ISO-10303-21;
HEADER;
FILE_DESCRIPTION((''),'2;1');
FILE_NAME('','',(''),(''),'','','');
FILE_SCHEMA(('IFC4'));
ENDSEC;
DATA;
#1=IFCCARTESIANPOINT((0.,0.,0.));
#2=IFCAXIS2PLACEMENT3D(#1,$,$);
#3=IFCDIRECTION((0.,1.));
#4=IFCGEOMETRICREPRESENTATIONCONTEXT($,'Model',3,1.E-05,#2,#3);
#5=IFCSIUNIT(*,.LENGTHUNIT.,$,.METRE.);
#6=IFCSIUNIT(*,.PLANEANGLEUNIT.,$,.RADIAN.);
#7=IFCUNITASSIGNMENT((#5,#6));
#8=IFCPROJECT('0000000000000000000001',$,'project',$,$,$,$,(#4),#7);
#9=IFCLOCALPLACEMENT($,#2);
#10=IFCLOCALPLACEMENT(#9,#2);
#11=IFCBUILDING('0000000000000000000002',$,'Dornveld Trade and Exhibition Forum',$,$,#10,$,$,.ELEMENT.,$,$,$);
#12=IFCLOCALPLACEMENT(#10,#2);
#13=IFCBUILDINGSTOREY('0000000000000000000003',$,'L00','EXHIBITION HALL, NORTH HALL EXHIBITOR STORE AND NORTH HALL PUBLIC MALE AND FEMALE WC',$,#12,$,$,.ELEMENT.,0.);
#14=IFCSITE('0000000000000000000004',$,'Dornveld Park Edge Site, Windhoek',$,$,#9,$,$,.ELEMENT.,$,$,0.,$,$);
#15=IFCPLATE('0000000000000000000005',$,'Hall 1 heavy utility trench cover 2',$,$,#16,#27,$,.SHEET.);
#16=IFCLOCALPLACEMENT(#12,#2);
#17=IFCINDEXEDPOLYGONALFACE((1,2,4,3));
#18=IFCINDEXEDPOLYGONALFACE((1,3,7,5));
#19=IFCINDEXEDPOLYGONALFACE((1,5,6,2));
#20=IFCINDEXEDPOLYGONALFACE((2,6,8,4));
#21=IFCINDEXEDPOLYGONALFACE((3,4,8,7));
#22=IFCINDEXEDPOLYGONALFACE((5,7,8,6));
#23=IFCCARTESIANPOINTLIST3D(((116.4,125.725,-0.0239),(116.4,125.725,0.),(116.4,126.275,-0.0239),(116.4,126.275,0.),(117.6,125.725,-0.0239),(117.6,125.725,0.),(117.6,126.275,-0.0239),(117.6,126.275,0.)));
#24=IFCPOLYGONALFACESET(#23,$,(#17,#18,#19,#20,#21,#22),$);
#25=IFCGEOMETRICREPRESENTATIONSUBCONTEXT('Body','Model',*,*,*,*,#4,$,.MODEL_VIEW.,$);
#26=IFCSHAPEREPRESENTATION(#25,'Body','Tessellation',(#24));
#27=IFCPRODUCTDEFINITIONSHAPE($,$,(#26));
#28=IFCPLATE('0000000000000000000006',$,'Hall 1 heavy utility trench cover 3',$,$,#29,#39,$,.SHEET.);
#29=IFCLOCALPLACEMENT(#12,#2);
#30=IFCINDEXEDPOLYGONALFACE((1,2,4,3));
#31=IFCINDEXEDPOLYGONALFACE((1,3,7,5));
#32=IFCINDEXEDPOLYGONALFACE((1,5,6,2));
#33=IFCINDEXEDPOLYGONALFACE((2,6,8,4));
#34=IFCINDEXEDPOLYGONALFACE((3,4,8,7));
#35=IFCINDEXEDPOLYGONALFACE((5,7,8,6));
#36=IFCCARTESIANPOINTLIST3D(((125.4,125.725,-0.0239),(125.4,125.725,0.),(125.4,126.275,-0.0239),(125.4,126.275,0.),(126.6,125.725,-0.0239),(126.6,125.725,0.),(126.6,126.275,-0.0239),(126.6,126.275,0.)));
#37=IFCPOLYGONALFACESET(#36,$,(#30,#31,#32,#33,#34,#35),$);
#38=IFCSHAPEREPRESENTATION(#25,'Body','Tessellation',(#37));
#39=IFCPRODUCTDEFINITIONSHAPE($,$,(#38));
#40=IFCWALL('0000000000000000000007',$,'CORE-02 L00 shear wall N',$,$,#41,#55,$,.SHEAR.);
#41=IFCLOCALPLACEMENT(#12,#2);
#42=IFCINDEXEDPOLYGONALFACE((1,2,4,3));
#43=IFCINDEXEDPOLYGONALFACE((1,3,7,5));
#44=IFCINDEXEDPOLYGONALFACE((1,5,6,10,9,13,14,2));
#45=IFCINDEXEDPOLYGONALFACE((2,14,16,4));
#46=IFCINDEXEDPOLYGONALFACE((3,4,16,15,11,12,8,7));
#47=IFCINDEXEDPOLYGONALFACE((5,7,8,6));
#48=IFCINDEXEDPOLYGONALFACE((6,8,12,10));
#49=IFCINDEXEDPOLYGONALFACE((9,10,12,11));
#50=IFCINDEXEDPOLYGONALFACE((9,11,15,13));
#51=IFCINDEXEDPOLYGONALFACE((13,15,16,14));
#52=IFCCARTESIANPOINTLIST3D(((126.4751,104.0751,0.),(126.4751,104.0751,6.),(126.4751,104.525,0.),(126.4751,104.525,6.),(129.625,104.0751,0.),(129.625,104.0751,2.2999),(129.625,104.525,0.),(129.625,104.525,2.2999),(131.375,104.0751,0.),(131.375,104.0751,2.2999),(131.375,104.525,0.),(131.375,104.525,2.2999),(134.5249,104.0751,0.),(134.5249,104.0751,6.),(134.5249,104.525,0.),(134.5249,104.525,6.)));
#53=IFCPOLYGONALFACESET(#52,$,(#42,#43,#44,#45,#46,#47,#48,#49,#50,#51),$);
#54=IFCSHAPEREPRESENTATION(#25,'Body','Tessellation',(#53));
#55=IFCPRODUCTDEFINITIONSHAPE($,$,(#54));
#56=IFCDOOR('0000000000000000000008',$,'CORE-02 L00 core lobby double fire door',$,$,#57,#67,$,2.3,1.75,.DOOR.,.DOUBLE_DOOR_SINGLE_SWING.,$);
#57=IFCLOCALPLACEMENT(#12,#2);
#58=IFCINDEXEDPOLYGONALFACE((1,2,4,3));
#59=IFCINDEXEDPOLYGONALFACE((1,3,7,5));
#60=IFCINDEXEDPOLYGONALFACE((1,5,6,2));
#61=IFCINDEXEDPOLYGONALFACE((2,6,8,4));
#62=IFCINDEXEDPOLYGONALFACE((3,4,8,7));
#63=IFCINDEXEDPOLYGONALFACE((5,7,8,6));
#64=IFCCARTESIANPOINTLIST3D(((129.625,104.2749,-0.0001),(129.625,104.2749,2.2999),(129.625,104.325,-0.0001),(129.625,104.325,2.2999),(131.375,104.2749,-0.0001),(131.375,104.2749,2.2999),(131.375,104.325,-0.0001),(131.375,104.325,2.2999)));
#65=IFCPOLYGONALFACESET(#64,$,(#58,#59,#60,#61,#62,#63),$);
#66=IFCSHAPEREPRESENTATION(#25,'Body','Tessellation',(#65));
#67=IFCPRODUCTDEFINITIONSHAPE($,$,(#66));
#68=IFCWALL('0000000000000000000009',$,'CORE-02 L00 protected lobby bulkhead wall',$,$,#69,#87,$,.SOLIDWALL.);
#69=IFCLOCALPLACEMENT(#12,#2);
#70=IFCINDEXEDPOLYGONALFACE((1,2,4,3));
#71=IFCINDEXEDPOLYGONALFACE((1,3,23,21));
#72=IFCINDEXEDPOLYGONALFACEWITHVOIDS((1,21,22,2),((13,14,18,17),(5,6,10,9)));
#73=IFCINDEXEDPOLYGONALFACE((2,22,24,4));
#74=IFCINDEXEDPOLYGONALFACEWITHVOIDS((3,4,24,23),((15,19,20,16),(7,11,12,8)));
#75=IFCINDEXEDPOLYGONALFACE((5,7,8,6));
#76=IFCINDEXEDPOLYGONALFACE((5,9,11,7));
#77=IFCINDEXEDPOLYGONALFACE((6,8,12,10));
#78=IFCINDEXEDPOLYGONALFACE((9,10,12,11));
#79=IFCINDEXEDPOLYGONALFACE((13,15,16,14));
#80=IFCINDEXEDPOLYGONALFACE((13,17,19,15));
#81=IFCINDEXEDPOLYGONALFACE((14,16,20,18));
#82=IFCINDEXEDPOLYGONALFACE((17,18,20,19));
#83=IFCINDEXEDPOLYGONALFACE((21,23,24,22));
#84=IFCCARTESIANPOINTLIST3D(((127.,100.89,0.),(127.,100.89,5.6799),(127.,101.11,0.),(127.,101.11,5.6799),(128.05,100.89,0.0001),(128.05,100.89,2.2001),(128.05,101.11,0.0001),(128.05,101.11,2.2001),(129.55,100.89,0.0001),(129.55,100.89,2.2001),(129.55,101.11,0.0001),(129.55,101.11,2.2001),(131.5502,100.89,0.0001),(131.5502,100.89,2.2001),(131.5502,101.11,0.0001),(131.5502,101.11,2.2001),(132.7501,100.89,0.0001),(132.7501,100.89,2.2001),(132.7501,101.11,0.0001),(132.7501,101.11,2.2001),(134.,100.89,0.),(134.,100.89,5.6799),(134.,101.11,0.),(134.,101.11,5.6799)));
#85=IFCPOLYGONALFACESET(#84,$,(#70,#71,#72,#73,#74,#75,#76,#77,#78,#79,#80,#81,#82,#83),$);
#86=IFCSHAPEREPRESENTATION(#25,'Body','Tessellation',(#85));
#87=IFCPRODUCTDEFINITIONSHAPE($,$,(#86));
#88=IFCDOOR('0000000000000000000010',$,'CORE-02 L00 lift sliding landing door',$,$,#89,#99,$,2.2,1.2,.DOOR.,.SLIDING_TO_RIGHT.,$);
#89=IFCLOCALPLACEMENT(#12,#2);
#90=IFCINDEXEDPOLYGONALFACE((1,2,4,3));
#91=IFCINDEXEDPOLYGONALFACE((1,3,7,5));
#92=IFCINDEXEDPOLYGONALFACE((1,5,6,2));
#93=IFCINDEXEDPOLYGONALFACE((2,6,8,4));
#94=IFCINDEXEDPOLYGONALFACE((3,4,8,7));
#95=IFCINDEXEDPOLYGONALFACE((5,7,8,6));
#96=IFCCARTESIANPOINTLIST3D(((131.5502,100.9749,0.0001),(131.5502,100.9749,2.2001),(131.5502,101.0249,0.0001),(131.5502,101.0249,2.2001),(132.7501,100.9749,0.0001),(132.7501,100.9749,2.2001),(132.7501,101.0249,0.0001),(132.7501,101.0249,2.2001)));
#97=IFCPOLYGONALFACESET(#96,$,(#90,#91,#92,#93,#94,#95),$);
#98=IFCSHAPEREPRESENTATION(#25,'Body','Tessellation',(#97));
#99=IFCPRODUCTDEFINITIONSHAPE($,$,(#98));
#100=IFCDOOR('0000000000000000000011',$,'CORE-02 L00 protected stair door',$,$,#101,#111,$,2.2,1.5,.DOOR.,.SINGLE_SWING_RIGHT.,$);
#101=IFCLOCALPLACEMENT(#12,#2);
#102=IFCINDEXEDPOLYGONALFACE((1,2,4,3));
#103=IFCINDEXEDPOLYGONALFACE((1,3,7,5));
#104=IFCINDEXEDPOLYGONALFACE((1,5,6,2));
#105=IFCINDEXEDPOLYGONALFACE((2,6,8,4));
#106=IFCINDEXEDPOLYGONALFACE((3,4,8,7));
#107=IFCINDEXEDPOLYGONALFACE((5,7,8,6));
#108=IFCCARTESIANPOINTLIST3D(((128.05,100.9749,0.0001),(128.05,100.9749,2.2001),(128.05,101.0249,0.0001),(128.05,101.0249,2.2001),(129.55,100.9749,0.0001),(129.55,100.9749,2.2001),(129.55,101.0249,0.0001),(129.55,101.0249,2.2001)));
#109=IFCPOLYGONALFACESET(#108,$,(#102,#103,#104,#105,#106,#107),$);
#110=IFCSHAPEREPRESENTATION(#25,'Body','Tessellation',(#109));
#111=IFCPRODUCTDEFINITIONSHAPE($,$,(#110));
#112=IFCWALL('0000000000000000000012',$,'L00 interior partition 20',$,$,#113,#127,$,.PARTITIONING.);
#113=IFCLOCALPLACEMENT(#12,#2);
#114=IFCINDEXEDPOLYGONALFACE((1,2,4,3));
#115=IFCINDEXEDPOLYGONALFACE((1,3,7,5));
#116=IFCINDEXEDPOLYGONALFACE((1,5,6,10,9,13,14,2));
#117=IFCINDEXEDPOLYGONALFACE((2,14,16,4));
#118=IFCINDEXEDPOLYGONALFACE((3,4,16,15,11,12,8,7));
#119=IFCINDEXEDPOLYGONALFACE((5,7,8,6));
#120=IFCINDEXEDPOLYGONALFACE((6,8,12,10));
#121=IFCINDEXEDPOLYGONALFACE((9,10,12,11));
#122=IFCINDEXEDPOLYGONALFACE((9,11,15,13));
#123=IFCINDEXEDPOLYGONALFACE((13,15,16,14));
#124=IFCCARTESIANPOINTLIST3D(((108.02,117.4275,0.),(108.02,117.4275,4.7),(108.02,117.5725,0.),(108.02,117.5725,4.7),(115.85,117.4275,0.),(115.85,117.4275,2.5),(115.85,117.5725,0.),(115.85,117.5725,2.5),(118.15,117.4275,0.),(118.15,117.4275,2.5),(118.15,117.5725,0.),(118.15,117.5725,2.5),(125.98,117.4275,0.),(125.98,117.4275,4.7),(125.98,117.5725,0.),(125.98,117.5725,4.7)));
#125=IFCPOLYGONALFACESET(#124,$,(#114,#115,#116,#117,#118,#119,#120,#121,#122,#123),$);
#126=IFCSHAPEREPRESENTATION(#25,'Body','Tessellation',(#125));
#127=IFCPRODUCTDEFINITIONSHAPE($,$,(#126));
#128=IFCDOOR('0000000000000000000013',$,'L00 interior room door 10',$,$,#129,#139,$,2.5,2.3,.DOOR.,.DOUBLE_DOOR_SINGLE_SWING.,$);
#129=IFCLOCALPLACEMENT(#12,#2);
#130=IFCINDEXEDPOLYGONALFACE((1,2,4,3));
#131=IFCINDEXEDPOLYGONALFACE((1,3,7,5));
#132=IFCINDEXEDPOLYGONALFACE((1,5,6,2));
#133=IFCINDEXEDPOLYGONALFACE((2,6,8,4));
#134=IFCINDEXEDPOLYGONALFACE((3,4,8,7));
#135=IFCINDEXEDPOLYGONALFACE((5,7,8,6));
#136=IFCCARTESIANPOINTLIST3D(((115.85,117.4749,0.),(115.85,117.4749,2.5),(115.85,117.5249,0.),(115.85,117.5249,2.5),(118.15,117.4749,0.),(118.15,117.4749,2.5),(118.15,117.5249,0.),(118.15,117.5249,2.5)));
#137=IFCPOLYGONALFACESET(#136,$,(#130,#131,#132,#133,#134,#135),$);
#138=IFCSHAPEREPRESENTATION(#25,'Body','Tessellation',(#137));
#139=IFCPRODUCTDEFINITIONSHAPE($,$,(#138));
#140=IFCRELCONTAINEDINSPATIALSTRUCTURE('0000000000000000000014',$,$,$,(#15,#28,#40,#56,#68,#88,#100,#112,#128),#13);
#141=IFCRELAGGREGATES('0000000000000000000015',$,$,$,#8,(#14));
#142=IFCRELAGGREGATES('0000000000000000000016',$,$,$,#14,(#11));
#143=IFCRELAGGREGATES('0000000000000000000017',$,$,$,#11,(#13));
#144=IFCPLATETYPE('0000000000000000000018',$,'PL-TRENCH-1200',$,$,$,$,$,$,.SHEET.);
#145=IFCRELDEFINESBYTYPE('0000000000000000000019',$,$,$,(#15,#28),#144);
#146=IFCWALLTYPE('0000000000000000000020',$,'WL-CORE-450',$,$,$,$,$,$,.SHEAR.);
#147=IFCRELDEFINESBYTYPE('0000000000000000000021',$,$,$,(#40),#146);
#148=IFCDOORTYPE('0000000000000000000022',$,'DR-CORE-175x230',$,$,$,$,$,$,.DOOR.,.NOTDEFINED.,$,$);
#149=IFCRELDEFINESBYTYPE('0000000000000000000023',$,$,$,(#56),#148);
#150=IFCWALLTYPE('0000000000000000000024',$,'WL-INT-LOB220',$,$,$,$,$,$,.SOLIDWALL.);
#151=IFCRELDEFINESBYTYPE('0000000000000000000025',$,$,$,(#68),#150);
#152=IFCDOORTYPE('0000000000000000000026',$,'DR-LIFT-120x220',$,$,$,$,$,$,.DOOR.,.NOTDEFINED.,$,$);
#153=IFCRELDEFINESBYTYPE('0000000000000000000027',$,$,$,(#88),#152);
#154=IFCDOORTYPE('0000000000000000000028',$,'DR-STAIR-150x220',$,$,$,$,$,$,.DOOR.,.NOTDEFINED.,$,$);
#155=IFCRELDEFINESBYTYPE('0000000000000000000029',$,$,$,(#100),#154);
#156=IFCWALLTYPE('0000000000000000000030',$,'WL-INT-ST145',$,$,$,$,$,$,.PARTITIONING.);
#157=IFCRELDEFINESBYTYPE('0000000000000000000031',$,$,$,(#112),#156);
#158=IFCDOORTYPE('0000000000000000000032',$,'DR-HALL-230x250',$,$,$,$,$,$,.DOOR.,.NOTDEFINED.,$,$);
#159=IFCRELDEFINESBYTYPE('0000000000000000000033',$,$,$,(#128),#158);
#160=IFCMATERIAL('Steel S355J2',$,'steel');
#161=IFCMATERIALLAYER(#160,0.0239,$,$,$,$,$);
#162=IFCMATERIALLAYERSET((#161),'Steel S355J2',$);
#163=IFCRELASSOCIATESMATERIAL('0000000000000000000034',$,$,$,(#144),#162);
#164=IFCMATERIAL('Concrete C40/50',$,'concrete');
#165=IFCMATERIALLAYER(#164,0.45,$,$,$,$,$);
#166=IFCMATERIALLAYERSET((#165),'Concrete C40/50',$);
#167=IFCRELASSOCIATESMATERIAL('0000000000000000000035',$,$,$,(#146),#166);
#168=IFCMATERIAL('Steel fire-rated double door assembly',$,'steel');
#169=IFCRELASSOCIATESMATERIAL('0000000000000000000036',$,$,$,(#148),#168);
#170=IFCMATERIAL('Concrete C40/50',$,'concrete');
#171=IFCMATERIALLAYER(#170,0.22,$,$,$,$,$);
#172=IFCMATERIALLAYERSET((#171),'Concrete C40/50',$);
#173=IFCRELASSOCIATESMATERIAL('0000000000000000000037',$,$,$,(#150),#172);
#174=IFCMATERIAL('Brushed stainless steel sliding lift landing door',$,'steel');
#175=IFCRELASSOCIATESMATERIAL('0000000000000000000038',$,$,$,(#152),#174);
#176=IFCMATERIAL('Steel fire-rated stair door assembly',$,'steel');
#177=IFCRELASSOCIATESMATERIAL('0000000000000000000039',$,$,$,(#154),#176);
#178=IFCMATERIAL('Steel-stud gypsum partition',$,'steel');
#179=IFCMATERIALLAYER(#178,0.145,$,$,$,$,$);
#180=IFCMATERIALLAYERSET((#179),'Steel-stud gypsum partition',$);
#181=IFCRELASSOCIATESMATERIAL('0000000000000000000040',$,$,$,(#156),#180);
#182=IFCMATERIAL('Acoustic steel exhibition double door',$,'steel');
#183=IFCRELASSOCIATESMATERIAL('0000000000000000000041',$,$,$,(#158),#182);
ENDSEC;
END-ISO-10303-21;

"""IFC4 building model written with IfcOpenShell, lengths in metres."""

from ifc_helpers import new_model, si_unit, direction, frame, frame_2d, origin, origin_2d, place, context, subcontext, project, spatial, rectangle, extrude, material, layer, layer_set, type_object, element, fill, save


model = new_model("IFC4")

# Units and contexts
model_context = context("Model", 3, precision=1e-05, world=origin(), true_north=direction((0.0, 1.0)))
body_context = subcontext(model_context, "Body", "Model", "MODEL_VIEW")
ifc_project = project(units=[si_unit("LENGTHUNIT", "METRE"), si_unit("PLANEANGLEUNIT", "RADIAN")], contexts=[model_context])

# Site, building, storey
site_placement = place(None, origin())
site = spatial("IfcSite", under=ifc_project, at=site_placement, Name="Dornveld Park Edge Site, Windhoek", CompositionType="ELEMENT", RefElevation=0.0)
building_placement = place(site_placement, origin())
building = spatial("IfcBuilding", under=site, at=building_placement, Name="Dornveld Trade and Exhibition Forum", CompositionType="ELEMENT")
storey_placement = place(building_placement, origin())
storey = spatial("IfcBuildingStorey", under=building, at=storey_placement, Name="L00", Description="EXHIBITION HALL, NORTH HALL EXHIBITOR STORE AND NORTH HALL PUBLIC MALE AND FEMALE WC", CompositionType="ELEMENT", Elevation=0.0)

# Plates
ifc_material_1 = material(Name="Steel S355J2", Category="steel")
ifc_layer_1 = layer(ifc_material_1, 0.0239)
ifc_layer_set_1 = layer_set([ifc_layer_1], Name="Steel S355J2")
plate_type = type_object("IfcPlateType", Name="PL-TRENCH-1200", PredefinedType="SHEET", material=ifc_layer_set_1)
for number, where, z_axis, x_axis, name in (
    (1, (117.0, 126.0, -0.0239), (0.0, 0.0, 1.0), (1.0, 0.0, 0.0), "Hall 1 heavy utility trench cover 2"),
    (2, (126.0, 126.0, -0.0239), (0.0, 0.0, 1.0), (1.0, 0.0, 0.0), "Hall 1 heavy utility trench cover 3"),
):
    element("IfcPlate", number, at=place(storey_placement, frame(where, z_axis=z_axis, x_axis=x_axis)), inside=storey, type_object=plate_type, Name=name, PredefinedType="SHEET", context=body_context, shape_type="SweptSolid", body=[
        extrude(rectangle(XDim=1.2, YDim=0.55, at=origin_2d()), origin(), (0.0, 0.0, 1.0), 0.0239),
    ])

# Wall, opening, door
ifc_material_2 = material(Name="Concrete C40/50", Category="concrete")
ifc_layer_2 = layer(ifc_material_2, 0.45)
ifc_layer_set_2 = layer_set([ifc_layer_2], Name="Concrete C40/50")
wall_type_1 = type_object("IfcWallType", Name="WL-CORE-450", PredefinedType="SHEAR", material=ifc_layer_set_2)
wall_1_placement = place(storey_placement, frame((126.4751, 104.3, 0.0), z_axis=(0.0, 0.0, 1.0), x_axis=(1.0, 0.0, 0.0)))
wall_1 = element("IfcWall", 3, at=wall_1_placement, inside=storey, type_object=wall_type_1, Name="CORE-02 L00 shear wall N", PredefinedType="SHEAR", context=body_context, shape_type="SweptSolid", body=[
    extrude(rectangle(XDim=8.0498, YDim=0.45, at=frame_2d((4.0249, 0.0))), origin(), (0.0, 0.0, 1.0), 6.0),
])
opening_1_placement = place(wall_1_placement, frame((3.1499, 0.0, 0.0)))
opening_1 = element("IfcOpeningElement", 4, at=opening_1_placement, cuts=wall_1, PredefinedType="OPENING", context=body_context, shape_type="SweptSolid", body=[
    extrude(rectangle(XDim=1.75, YDim=2.3, at=frame_2d((0.875, 1.1499))), frame((0.0, 0.2349, 0.0), z_axis=(0.0, -1.0, 0.0), x_axis=(1.0, 0.0, 0.0)), (0.0, 0.0, 1.0), 0.47),
])
ifc_material_3 = material(Name="Steel fire-rated double door assembly", Category="steel")
door_type_1 = type_object("IfcDoorType", Name="DR-CORE-175x230", OperationType="NOTDEFINED", PredefinedType="DOOR", material=ifc_material_3)
door_1_placement = place(opening_1_placement, origin())
door_1 = element("IfcDoor", 5, at=door_1_placement, inside=storey, type_object=door_type_1, Name="CORE-02 L00 core lobby double fire door", OperationType="DOUBLE_DOOR_SINGLE_SWING", OverallHeight=2.3, OverallWidth=1.75, PredefinedType="DOOR", context=body_context, shape_type="SweptSolid", body=[
    extrude(rectangle(XDim=1.75, YDim=2.3, at=frame_2d((0.875, 1.1499))), frame((0.0, 0.0249, 0.0), z_axis=(0.0, -1.0, 0.0), x_axis=(1.0, 0.0, 0.0)), (0.0, 0.0, 1.0), 0.05),
])
fill(opening_1, door_1)

# Wall, openings, doors
ifc_material_4 = material(Name="Concrete C40/50", Category="concrete")
ifc_layer_3 = layer(ifc_material_4, 0.22)
ifc_layer_set_3 = layer_set([ifc_layer_3], Name="Concrete C40/50")
wall_type_2 = type_object("IfcWallType", Name="WL-INT-LOB220", PredefinedType="SOLIDWALL", material=ifc_layer_set_3)
wall_2_placement = place(storey_placement, frame((127.0, 101.0, 0.0), z_axis=(0.0, 0.0, 1.0), x_axis=(1.0, 0.0, 0.0)))
wall_2 = element("IfcWall", 6, at=wall_2_placement, inside=storey, type_object=wall_type_2, Name="CORE-02 L00 protected lobby bulkhead wall", PredefinedType="SOLIDWALL", context=body_context, shape_type="SweptSolid", body=[
    extrude(rectangle(XDim=7.0, YDim=0.22, at=frame_2d((3.5, 0.0))), origin(), (0.0, 0.0, 1.0), 5.6799),
])
opening_2_placement = place(wall_2_placement, frame((1.05, 0.0, 0.0)))
opening_2 = element("IfcOpeningElement", 7, at=opening_2_placement, cuts=wall_2, PredefinedType="OPENING", context=body_context, shape_type="SweptSolid", body=[
    extrude(rectangle(XDim=1.5, YDim=2.2, at=frame_2d((0.75, 1.1001))), frame((0.0, 0.1199, 0.0), z_axis=(0.0, -1.0, 0.0), x_axis=(1.0, 0.0, 0.0)), (0.0, 0.0, 1.0), 0.24),
])
opening_3_placement = place(wall_2_placement, frame((4.55, 0.0, 0.0)))
opening_3 = element("IfcOpeningElement", 8, at=opening_3_placement, cuts=wall_2, PredefinedType="OPENING", context=body_context, shape_type="SweptSolid", body=[
    extrude(rectangle(XDim=1.2, YDim=2.2, at=frame_2d((0.6001, 1.1001))), frame((0.0, 0.1199, 0.0), z_axis=(0.0, -1.0, 0.0), x_axis=(1.0, 0.0, 0.0)), (0.0, 0.0, 1.0), 0.24),
])
ifc_material_5 = material(Name="Brushed stainless steel sliding lift landing door", Category="steel")
door_type_2 = type_object("IfcDoorType", Name="DR-LIFT-120x220", OperationType="NOTDEFINED", PredefinedType="DOOR", material=ifc_material_5)
door_2_placement = place(opening_3_placement, origin())
door_2 = element("IfcDoor", 9, at=door_2_placement, inside=storey, type_object=door_type_2, Name="CORE-02 L00 lift sliding landing door", OperationType="SLIDING_TO_RIGHT", OverallHeight=2.2, OverallWidth=1.2, PredefinedType="DOOR", context=body_context, shape_type="SweptSolid", body=[
    extrude(rectangle(XDim=1.2, YDim=2.2, at=frame_2d((0.6001, 1.1001))), frame((0.0, 0.0249, 0.0), z_axis=(0.0, -1.0, 0.0), x_axis=(1.0, 0.0, 0.0)), (0.0, 0.0, 1.0), 0.05),
])
fill(opening_3, door_2)
ifc_material_6 = material(Name="Steel fire-rated stair door assembly", Category="steel")
door_type_3 = type_object("IfcDoorType", Name="DR-STAIR-150x220", OperationType="NOTDEFINED", PredefinedType="DOOR", material=ifc_material_6)
door_3_placement = place(opening_2_placement, origin())
door_3 = element("IfcDoor", 10, at=door_3_placement, inside=storey, type_object=door_type_3, Name="CORE-02 L00 protected stair door", OperationType="SINGLE_SWING_RIGHT", OverallHeight=2.2, OverallWidth=1.5, PredefinedType="DOOR", context=body_context, shape_type="SweptSolid", body=[
    extrude(rectangle(XDim=1.5, YDim=2.2, at=frame_2d((0.75, 1.1001))), frame((0.0, 0.0249, 0.0), z_axis=(0.0, -1.0, 0.0), x_axis=(1.0, 0.0, 0.0)), (0.0, 0.0, 1.0), 0.05),
])
fill(opening_2, door_3)

# Wall, opening, door
ifc_material_7 = material(Name="Steel-stud gypsum partition", Category="steel")
ifc_layer_4 = layer(ifc_material_7, 0.145)
ifc_layer_set_4 = layer_set([ifc_layer_4], Name="Steel-stud gypsum partition")
wall_type_3 = type_object("IfcWallType", Name="WL-INT-ST145", PredefinedType="PARTITIONING", material=ifc_layer_set_4)
wall_3_placement = place(storey_placement, frame((108.02, 117.5, 0.0), z_axis=(0.0, 0.0, 1.0), x_axis=(1.0, 0.0, 0.0)))
wall_3 = element("IfcWall", 11, at=wall_3_placement, inside=storey, type_object=wall_type_3, Name="L00 interior partition 20", PredefinedType="PARTITIONING", context=body_context, shape_type="SweptSolid", body=[
    extrude(rectangle(XDim=17.96, YDim=0.145, at=frame_2d((8.98, 0.0))), origin(), (0.0, 0.0, 1.0), 4.7),
])
opening_4_placement = place(wall_3_placement, frame((7.8301, 0.0, 0.0)))
opening_4 = element("IfcOpeningElement", 12, at=opening_4_placement, cuts=wall_3, PredefinedType="OPENING", context=body_context, shape_type="SweptSolid", body=[
    extrude(rectangle(XDim=2.3, YDim=2.5, at=frame_2d((1.1499, 1.25))), frame((0.0, 0.0825, 0.0), z_axis=(0.0, -1.0, 0.0), x_axis=(1.0, 0.0, 0.0)), (0.0, 0.0, 1.0), 0.165),
])
ifc_material_8 = material(Name="Acoustic steel exhibition double door", Category="steel")
door_type_4 = type_object("IfcDoorType", Name="DR-HALL-230x250", OperationType="NOTDEFINED", PredefinedType="DOOR", material=ifc_material_8)
door_4_placement = place(opening_4_placement, origin())
door_4 = element("IfcDoor", 13, at=door_4_placement, inside=storey, type_object=door_type_4, Name="L00 interior room door 10", OperationType="DOUBLE_DOOR_SINGLE_SWING", OverallHeight=2.5, OverallWidth=2.3, PredefinedType="DOOR", context=body_context, shape_type="SweptSolid", body=[
    extrude(rectangle(XDim=2.3, YDim=2.5, at=frame_2d((1.1499, 1.25))), frame((0.0, 0.0249, 0.0), z_axis=(0.0, -1.0, 0.0), x_axis=(1.0, 0.0, 0.0)), (0.0, 0.0, 1.0), 0.05),
])
fill(opening_4, door_4)

save(model, "model.ifc")
